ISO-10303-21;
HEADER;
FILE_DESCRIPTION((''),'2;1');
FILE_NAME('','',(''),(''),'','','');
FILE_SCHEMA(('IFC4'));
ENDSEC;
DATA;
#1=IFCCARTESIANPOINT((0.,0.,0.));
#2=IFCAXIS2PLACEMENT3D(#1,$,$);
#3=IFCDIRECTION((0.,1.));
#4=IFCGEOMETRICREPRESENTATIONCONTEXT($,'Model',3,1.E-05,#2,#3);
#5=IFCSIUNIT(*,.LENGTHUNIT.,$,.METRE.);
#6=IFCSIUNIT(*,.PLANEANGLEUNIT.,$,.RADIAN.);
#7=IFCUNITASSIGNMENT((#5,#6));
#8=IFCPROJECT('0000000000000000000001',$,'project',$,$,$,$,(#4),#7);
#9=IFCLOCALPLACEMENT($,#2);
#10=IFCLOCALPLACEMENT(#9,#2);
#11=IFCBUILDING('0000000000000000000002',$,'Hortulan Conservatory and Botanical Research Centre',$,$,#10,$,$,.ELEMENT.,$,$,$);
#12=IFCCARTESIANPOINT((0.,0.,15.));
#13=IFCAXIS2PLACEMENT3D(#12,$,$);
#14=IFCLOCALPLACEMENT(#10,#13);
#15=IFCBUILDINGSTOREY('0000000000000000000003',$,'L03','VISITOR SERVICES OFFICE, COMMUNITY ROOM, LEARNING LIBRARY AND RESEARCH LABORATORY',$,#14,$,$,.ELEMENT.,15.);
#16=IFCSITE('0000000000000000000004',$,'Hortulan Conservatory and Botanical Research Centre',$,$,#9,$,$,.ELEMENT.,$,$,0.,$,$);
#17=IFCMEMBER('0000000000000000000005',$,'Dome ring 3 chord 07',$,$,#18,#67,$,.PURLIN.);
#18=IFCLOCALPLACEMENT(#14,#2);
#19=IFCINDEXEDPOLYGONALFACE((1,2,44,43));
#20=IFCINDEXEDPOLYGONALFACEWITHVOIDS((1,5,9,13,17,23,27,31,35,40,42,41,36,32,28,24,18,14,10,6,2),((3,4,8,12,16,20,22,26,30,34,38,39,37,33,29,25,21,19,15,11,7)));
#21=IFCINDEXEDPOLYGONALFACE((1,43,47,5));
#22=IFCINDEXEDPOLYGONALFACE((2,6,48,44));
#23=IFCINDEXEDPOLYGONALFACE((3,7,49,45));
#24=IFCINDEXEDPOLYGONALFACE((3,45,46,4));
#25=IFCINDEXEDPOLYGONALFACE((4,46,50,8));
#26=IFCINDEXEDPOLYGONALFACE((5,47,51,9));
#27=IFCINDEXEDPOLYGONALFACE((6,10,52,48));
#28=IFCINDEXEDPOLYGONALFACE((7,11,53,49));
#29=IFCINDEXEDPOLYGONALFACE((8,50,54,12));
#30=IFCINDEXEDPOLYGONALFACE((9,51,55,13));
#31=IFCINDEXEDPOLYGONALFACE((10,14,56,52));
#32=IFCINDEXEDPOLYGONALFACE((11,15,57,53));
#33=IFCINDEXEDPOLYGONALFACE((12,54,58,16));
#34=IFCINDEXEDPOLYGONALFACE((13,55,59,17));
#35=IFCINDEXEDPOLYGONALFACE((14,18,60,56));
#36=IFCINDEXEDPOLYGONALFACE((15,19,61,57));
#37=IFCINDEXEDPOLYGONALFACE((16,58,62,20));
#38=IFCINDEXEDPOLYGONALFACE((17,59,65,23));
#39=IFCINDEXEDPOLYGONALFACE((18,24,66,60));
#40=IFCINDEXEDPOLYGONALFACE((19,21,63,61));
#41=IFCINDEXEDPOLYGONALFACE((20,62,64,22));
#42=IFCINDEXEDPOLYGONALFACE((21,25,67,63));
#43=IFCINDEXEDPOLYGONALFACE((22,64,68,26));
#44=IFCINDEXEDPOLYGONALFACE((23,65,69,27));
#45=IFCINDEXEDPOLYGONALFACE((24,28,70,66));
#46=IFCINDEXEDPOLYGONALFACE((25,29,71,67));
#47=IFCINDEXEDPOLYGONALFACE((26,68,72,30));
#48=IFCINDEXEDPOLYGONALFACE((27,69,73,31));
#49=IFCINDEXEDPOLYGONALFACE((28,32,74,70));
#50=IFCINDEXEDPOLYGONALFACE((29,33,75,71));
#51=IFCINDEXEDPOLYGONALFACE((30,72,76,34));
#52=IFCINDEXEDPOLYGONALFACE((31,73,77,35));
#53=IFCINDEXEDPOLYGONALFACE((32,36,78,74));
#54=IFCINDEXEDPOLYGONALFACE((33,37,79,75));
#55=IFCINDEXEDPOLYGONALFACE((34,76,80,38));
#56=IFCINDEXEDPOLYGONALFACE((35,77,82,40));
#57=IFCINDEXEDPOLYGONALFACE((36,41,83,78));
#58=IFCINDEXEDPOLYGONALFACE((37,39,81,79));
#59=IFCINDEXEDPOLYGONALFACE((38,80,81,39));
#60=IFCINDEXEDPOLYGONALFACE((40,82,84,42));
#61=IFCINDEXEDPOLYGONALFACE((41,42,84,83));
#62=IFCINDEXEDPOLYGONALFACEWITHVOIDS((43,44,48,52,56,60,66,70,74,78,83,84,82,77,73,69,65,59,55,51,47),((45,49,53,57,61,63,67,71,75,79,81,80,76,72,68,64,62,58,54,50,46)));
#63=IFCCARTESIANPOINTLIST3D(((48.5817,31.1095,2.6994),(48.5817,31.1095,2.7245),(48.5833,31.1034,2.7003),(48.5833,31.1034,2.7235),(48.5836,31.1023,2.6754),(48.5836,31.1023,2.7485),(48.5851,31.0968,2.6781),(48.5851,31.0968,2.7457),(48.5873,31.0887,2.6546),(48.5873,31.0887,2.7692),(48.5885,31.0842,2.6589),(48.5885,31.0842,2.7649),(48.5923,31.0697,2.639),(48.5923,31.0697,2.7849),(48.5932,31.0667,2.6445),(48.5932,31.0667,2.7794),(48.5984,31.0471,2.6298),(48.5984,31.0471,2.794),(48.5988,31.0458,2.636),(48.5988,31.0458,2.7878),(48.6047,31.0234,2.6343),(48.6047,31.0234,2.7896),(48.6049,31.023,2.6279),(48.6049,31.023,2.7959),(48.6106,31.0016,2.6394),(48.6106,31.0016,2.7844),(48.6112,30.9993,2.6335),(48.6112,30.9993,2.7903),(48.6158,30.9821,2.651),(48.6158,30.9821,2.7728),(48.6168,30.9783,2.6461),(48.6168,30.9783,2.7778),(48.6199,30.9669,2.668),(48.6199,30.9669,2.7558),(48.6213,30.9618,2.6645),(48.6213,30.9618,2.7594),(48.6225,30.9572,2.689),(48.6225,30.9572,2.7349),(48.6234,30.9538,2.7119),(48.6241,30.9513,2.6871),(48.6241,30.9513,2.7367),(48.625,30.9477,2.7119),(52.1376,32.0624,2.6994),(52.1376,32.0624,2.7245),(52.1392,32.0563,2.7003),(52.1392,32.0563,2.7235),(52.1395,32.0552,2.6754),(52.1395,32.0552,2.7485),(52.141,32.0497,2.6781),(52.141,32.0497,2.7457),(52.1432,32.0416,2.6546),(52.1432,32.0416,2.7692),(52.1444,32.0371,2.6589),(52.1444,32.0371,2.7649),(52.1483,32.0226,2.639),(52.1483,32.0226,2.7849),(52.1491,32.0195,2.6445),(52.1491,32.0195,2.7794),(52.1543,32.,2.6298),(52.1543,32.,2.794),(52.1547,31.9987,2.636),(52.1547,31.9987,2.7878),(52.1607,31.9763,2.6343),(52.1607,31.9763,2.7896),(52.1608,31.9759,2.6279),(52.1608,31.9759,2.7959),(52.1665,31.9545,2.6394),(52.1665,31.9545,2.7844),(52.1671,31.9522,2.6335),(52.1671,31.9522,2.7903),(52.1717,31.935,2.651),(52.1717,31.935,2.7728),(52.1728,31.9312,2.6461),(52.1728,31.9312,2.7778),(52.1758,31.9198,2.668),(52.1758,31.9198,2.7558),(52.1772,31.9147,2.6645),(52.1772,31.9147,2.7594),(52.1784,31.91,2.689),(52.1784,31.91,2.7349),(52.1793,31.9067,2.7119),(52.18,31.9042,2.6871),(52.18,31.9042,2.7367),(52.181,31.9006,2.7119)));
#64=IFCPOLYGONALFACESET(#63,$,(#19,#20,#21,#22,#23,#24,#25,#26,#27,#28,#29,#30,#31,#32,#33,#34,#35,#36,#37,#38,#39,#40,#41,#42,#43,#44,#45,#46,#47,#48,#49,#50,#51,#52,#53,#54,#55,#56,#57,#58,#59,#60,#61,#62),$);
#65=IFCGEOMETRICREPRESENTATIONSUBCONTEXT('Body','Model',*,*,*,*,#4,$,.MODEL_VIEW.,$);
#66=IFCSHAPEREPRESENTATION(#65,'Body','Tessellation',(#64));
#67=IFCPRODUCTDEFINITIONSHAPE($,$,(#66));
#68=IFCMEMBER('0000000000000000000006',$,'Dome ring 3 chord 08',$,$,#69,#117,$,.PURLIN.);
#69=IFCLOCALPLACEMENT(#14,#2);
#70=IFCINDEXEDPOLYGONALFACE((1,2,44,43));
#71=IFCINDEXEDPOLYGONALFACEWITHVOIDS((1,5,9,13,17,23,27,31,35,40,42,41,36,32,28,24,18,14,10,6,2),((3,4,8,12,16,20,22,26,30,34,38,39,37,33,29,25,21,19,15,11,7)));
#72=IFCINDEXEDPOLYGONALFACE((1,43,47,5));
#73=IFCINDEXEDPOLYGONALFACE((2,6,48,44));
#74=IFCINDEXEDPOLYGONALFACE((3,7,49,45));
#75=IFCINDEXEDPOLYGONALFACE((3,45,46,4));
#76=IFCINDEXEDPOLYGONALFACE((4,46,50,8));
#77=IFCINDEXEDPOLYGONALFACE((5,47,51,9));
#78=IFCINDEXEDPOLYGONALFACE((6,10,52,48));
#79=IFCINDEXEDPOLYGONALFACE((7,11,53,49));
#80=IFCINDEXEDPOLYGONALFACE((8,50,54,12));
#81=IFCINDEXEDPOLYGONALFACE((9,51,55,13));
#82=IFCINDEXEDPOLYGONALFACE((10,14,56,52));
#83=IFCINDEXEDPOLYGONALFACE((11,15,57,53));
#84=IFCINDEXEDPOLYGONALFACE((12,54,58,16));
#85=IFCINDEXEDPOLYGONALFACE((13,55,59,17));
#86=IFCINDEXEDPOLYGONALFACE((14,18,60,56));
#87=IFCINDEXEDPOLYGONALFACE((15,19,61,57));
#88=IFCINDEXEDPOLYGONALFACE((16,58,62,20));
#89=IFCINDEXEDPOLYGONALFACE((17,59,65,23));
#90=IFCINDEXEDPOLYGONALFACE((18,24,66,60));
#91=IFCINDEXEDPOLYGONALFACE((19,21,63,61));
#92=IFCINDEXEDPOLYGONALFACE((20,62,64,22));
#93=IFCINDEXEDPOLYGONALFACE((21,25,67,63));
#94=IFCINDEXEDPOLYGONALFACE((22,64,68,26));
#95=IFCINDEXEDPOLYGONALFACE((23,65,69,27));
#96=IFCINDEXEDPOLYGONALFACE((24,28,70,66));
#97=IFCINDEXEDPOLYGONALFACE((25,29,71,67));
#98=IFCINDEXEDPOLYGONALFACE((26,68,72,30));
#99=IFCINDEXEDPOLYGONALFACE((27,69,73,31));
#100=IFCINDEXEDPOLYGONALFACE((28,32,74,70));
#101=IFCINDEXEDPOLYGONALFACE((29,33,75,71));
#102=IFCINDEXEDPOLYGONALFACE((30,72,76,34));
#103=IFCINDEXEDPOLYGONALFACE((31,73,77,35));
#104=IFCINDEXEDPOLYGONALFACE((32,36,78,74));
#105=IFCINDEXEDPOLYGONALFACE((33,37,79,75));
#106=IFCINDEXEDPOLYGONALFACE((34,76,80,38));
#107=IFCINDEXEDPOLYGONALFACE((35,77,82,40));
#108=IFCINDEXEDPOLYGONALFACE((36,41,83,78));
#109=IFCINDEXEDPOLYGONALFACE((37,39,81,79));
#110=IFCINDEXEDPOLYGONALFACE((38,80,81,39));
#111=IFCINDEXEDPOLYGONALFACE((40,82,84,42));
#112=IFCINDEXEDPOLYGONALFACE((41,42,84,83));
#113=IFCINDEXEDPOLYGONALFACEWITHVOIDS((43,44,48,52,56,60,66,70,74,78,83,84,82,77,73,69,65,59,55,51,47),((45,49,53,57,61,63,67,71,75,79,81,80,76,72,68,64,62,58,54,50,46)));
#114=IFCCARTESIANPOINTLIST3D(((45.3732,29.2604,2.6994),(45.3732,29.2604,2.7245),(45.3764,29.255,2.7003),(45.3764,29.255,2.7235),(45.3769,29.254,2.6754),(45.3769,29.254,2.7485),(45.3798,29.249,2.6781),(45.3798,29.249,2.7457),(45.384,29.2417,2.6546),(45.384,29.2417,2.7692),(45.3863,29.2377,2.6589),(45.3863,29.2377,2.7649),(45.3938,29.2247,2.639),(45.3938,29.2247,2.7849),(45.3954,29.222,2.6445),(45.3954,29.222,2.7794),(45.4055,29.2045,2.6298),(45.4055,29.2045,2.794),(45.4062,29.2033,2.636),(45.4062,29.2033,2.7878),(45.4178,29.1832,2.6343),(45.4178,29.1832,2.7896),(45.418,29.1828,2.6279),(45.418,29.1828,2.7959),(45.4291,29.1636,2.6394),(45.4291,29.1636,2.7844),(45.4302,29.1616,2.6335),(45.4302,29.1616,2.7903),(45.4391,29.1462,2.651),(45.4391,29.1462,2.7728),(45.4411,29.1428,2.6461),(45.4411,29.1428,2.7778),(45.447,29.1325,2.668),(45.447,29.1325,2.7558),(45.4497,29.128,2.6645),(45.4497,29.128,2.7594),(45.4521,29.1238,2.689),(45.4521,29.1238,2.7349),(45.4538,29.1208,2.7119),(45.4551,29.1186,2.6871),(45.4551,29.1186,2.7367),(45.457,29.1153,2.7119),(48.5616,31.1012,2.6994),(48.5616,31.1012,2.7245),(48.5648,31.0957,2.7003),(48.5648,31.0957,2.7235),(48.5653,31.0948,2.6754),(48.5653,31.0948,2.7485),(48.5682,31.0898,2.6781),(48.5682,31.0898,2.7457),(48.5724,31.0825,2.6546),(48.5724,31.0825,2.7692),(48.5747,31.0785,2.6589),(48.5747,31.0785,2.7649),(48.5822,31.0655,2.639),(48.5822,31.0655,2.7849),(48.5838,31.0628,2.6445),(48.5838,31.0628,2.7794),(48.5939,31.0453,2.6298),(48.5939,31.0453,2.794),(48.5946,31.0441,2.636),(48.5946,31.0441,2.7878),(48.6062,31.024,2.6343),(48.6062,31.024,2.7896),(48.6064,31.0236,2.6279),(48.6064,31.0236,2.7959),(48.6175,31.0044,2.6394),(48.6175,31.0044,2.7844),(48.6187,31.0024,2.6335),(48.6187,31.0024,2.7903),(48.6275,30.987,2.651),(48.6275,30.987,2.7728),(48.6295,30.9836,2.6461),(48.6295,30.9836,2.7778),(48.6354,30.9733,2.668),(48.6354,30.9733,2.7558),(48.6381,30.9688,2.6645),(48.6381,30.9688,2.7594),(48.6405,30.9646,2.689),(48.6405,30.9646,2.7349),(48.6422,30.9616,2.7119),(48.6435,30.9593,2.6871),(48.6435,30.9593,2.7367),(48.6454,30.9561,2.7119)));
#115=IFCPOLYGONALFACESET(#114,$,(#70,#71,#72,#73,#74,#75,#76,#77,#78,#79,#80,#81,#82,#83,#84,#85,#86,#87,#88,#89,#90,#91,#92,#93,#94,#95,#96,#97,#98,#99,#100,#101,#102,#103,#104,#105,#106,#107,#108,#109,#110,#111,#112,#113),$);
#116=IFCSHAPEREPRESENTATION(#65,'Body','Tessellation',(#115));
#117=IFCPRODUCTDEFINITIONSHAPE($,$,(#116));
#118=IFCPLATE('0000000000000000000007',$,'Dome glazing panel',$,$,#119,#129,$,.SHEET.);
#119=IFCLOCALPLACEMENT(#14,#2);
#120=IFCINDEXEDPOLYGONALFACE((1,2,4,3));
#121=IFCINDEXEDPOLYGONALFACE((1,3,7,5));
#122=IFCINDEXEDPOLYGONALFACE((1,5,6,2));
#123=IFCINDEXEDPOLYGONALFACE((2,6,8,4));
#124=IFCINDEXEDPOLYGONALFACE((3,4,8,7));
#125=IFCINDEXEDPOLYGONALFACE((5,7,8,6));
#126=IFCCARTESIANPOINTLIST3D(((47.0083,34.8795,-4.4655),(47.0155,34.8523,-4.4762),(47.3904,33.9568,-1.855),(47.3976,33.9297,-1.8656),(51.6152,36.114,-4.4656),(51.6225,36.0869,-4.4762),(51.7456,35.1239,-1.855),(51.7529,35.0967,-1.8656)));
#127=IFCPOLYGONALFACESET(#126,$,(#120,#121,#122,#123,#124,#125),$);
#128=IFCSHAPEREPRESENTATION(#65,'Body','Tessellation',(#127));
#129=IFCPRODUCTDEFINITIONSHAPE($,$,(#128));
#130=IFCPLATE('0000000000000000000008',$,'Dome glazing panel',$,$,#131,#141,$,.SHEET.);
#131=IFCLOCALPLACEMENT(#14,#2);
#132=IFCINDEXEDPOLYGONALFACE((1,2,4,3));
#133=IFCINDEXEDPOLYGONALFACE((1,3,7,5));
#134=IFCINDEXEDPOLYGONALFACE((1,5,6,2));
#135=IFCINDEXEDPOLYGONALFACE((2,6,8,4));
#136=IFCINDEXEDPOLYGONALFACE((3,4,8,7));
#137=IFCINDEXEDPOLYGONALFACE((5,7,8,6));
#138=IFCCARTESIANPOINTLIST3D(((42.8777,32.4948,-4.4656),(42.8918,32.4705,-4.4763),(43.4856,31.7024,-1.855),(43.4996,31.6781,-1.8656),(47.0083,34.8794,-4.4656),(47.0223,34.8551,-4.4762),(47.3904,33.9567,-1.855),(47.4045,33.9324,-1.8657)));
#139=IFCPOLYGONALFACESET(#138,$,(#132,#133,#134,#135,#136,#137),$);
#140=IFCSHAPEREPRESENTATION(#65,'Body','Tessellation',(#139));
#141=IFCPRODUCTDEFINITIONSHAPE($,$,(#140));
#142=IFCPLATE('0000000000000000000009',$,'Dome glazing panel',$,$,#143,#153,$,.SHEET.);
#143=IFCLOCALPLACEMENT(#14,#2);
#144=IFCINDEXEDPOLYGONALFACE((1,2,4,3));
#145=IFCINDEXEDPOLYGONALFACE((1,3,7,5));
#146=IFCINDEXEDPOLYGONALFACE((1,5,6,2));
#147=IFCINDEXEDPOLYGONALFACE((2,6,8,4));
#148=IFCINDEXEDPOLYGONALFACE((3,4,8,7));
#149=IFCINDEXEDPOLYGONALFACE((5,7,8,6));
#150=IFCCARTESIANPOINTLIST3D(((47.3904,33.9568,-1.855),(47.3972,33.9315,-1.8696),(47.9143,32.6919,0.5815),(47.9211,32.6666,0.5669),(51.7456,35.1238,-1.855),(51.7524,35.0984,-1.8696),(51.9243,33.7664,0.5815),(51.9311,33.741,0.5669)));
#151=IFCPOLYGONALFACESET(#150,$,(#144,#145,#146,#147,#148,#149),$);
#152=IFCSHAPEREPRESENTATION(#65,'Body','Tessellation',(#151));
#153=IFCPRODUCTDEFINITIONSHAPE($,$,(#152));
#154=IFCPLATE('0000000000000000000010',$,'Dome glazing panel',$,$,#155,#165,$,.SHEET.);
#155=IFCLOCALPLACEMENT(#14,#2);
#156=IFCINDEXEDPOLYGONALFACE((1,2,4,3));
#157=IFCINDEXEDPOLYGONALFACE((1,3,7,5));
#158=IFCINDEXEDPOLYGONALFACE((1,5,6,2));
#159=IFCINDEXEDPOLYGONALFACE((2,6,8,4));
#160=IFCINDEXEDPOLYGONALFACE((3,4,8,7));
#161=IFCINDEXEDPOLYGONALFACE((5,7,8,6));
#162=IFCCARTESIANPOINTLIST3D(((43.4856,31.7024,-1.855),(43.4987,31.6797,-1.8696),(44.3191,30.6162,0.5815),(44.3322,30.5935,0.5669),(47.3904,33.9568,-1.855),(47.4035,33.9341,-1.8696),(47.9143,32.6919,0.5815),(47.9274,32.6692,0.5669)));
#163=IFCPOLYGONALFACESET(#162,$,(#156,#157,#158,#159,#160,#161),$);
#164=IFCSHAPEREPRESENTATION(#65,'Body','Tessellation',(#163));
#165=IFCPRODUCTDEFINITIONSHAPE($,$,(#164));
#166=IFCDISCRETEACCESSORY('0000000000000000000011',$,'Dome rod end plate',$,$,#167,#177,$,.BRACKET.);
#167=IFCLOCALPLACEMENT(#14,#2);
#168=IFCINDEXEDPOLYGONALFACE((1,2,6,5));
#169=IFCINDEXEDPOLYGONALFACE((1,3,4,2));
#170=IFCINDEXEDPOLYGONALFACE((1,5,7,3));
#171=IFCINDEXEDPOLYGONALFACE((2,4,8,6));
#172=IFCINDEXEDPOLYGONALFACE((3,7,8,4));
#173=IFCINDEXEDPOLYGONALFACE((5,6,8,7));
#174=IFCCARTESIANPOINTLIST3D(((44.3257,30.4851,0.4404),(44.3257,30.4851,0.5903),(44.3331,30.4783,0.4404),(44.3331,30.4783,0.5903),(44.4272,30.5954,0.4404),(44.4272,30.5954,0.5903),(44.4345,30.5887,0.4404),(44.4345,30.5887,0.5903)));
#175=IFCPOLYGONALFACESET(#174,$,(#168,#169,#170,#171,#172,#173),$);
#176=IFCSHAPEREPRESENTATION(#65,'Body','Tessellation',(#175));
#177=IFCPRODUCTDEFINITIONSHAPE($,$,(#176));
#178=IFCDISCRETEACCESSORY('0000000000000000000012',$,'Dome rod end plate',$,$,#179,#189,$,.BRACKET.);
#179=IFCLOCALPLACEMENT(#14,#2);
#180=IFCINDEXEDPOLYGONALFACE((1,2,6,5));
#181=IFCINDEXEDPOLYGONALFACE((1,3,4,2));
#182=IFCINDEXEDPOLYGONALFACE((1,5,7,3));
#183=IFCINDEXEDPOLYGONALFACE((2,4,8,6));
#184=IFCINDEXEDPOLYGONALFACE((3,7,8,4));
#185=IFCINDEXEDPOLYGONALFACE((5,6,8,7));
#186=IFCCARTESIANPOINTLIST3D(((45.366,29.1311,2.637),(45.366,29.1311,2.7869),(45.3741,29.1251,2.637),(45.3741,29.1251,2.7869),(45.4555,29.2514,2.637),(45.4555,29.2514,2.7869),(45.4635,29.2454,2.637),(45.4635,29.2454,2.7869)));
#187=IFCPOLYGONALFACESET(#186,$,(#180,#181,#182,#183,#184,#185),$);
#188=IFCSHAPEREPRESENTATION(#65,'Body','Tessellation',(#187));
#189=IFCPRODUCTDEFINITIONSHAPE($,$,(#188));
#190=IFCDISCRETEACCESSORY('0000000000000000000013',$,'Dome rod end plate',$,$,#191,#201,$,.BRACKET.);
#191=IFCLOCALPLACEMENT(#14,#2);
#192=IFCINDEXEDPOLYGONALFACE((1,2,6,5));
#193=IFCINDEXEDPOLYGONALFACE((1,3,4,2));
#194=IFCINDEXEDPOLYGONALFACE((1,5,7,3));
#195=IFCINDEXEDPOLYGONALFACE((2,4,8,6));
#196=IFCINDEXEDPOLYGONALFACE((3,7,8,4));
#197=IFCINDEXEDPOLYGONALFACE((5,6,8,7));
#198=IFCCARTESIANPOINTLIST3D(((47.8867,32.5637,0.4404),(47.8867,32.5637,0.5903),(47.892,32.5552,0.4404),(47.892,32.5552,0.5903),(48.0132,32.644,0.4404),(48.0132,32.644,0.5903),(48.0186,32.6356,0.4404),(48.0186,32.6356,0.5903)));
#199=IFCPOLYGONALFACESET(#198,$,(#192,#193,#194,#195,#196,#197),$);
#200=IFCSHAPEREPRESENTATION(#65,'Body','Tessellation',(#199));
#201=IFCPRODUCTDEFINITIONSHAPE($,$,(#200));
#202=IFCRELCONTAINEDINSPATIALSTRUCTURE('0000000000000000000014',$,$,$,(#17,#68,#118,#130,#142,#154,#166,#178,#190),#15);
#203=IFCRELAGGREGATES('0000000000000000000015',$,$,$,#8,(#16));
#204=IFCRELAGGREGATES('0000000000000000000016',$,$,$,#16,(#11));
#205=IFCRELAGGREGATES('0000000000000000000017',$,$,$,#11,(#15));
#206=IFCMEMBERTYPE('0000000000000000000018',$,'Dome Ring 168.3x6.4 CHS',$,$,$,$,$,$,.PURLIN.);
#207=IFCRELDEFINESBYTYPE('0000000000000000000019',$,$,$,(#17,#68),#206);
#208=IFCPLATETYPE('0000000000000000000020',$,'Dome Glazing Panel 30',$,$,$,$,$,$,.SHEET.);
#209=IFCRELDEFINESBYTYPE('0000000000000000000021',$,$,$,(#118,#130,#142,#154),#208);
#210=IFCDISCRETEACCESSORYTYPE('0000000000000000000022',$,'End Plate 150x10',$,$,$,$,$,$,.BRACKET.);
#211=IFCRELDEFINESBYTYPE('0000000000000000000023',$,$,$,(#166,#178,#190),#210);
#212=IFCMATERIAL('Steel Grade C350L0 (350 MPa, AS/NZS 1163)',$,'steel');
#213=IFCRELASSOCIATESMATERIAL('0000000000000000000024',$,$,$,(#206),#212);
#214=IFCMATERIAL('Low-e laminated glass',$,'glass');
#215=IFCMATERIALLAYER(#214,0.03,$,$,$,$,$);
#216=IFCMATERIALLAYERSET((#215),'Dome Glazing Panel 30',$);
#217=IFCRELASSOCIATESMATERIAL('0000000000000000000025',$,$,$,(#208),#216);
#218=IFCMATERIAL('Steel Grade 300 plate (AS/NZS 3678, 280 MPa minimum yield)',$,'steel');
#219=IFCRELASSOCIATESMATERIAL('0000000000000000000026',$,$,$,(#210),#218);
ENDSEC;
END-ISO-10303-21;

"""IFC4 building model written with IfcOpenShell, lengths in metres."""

from ifc_helpers import new_model, si_unit, direction, frame, origin, origin_2d, place, context, subcontext, project, spatial, polyline, rectangle, hollow_circle, outline, extrude, material, layer, layer_set, material_profile, profile_set, type_object, element, save


model = new_model("IFC4")

# Units and contexts
model_context = context("Model", 3, precision=1e-05, world=origin(), true_north=direction((0.0, 1.0)))
body_context = subcontext(model_context, "Body", "Model", "MODEL_VIEW")
ifc_project = project(units=[si_unit("LENGTHUNIT", "METRE"), si_unit("PLANEANGLEUNIT", "RADIAN")], contexts=[model_context])

# Site, building, storey
site_placement = place(None, origin())
site = spatial("IfcSite", under=ifc_project, at=site_placement, Name="Hortulan Conservatory and Botanical Research Centre", CompositionType="ELEMENT", RefElevation=0.0)
building_placement = place(site_placement, origin())
building = spatial("IfcBuilding", under=site, at=building_placement, Name="Hortulan Conservatory and Botanical Research Centre", CompositionType="ELEMENT")
storey_placement = place(building_placement, frame((0.0, 0.0, 15.0)))
storey = spatial("IfcBuildingStorey", under=building, at=storey_placement, Name="L03", Description="VISITOR SERVICES OFFICE, COMMUNITY ROOM, LEARNING LIBRARY AND RESEARCH LABORATORY", CompositionType="ELEMENT", Elevation=15.0)

# Shared definitions
ifc_material_1 = material(Name="Steel Grade C350L0 (350 MPa, AS/NZS 1163)", Category="steel")

# Members
ifc_material_profile_1 = material_profile(ifc_material_1, hollow_circle(Radius=0.0842, WallThickness=0.0063, at=origin_2d()), Name="168.3x6.4CHS")
ifc_profile_set_1 = profile_set([ifc_material_profile_1], Name="Steel Grade C350L0 (350 MPa, AS/NZS 1163)")
member_type_1 = type_object("IfcMemberType", Name="Dome Ring 168.3x6.4 CHS", PredefinedType="PURLIN", material=ifc_profile_set_1)
member_1_placement = place(storey_placement, frame((52.1592, 31.9819, 2.7119), z_axis=(-0.965921, -0.258839, 0.0), x_axis=(0.258839, -0.965921, 0.0)))
element("IfcMember", 1, at=member_1_placement, inside=storey, type_object=member_type_1, Name="Dome ring 3 chord 07", PredefinedType="PURLIN", context=body_context, shape_type="SweptSolid", body=[
    extrude(hollow_circle(Radius=0.0842, WallThickness=0.0063, at=origin_2d()), origin(), (0.0, 0.0, 1.0), 3.6814),
])
member_2_placement = place(storey_placement, frame((48.6033, 31.0291, 2.7119), z_axis=(-0.866031, -0.49999, 0.0), x_axis=(0.49999, -0.866031, 0.0)))
element("IfcMember", 2, at=member_2_placement, inside=storey, type_object=member_type_1, Name="Dome ring 3 chord 08", PredefinedType="PURLIN", context=body_context, shape_type="SweptSolid", body=[
    extrude(hollow_circle(Radius=0.0842, WallThickness=0.0063, at=origin_2d()), origin(), (0.0, 0.0, 1.0), 3.6816),
])

# Plates
ifc_material_2 = material(Name="Low-e laminated glass", Category="glass")
ifc_layer = layer(ifc_material_2, 0.03)
ifc_layer_set = layer_set([ifc_layer], Name="Dome Glazing Panel 30")
plate_type = type_object("IfcPlateType", Name="Dome Glazing Panel 30", PredefinedType="SHEET", material=ifc_layer_set)
plate_1_placement = place(storey_placement, frame((51.6152, 36.114, -4.4656), z_axis=(-0.242017, 0.903142, 0.35463), x_axis=(-0.96592, -0.258842, 0.000006)))
element("IfcPlate", 3, at=plate_1_placement, inside=storey, type_object=plate_type, Name="Dome glazing panel", PredefinedType="SHEET", context=body_context, shape_type="SweptSolid", body=[
    extrude(outline(polyline([(0.0, 0.0), (4.7695, 0.0), (4.6393, 2.792), (0.1304, 2.7921), (0.0, 0.0)])), origin(), (0.0, 0.0, -1.0), 0.03),
])
plate_2_placement = place(storey_placement, frame((47.0083, 34.8794, -4.4656), z_axis=(-0.467479, 0.809753, 0.354631), x_axis=(-0.866042, -0.499971, -0.000007)))
element("IfcPlate", 4, at=plate_2_placement, inside=storey, type_object=plate_type, Name="Dome glazing panel", PredefinedType="SHEET", context=body_context, shape_type="SweptSolid", body=[
    extrude(outline(polyline([(0.0, 0.0), (4.7695, 0.0), (4.6392, 2.7921), (0.1304, 2.792), (0.0, 0.0)])), origin(), (0.0, 0.0, -1.0), 0.03),
])
plate_3_placement = place(storey_placement, frame((51.7456, 35.1238, -1.855), z_axis=(-0.226099, 0.843814, 0.486679), x_axis=(-0.965926, -0.258819, 0.000001)))
element("IfcPlate", 5, at=plate_3_placement, inside=storey, type_object=plate_type, Name="Dome glazing panel", PredefinedType="SHEET", context=body_context, shape_type="SweptSolid", body=[
    extrude(outline(polyline([(0.0, 0.0), (4.5089, 0.0), (4.3302, 2.7891), (0.1787, 2.7891), (0.0, 0.0)])), origin(), (0.0, 0.0, -1.0), 0.03),
])
plate_4_placement = place(storey_placement, frame((47.3904, 33.9568, -1.855), z_axis=(-0.436787, 0.756546, 0.486677), x_axis=(-0.866028, -0.499995, -0.000001)))
element("IfcPlate", 6, at=plate_4_placement, inside=storey, type_object=plate_type, Name="Dome glazing panel", PredefinedType="SHEET", context=body_context, shape_type="SweptSolid", body=[
    extrude(outline(polyline([(0.0, 0.0), (4.5088, 0.0), (4.3301, 2.7891), (0.1787, 2.7891), (0.0, 0.0)])), origin(), (0.0, 0.0, -1.0), 0.03),
])

# Discrete accessories
ifc_material_3 = material(Name="Steel Grade 300 plate (AS/NZS 3678, 280 MPa minimum yield)", Category="steel")
discrete_accessory_type = type_object("IfcDiscreteAccessoryType", Name="End Plate 150x10", PredefinedType="BRACKET", material=ifc_material_3)
for number, where, z_axis, x_axis, name in (
    (7, (44.3801, 30.5369, 0.4404), (0.0, 0.0, 1.0), (0.676799, 0.736168, 0.0), "Dome rod end plate"),
    (8, (45.4148, 29.1882, 2.637), (0.0, 0.0, 1.0), (0.596897, 0.802318, 0.0), "Dome rod end plate"),
    (9, (47.9526, 32.5996, 0.4404), (0.0, 0.0, 1.0), (0.844262, 0.53593, 0.0), "Dome rod end plate"),
):
    element("IfcDiscreteAccessory", number, at=place(storey_placement, frame(where, z_axis=z_axis, x_axis=x_axis)), inside=storey, type_object=discrete_accessory_type, Name=name, PredefinedType="BRACKET", context=body_context, shape_type="SweptSolid", body=[
        extrude(rectangle(XDim=0.1499, YDim=0.01, at=origin_2d()), origin(), (0.0, 0.0, 1.0), 0.1499),
    ])

save(model, "model.ifc")
